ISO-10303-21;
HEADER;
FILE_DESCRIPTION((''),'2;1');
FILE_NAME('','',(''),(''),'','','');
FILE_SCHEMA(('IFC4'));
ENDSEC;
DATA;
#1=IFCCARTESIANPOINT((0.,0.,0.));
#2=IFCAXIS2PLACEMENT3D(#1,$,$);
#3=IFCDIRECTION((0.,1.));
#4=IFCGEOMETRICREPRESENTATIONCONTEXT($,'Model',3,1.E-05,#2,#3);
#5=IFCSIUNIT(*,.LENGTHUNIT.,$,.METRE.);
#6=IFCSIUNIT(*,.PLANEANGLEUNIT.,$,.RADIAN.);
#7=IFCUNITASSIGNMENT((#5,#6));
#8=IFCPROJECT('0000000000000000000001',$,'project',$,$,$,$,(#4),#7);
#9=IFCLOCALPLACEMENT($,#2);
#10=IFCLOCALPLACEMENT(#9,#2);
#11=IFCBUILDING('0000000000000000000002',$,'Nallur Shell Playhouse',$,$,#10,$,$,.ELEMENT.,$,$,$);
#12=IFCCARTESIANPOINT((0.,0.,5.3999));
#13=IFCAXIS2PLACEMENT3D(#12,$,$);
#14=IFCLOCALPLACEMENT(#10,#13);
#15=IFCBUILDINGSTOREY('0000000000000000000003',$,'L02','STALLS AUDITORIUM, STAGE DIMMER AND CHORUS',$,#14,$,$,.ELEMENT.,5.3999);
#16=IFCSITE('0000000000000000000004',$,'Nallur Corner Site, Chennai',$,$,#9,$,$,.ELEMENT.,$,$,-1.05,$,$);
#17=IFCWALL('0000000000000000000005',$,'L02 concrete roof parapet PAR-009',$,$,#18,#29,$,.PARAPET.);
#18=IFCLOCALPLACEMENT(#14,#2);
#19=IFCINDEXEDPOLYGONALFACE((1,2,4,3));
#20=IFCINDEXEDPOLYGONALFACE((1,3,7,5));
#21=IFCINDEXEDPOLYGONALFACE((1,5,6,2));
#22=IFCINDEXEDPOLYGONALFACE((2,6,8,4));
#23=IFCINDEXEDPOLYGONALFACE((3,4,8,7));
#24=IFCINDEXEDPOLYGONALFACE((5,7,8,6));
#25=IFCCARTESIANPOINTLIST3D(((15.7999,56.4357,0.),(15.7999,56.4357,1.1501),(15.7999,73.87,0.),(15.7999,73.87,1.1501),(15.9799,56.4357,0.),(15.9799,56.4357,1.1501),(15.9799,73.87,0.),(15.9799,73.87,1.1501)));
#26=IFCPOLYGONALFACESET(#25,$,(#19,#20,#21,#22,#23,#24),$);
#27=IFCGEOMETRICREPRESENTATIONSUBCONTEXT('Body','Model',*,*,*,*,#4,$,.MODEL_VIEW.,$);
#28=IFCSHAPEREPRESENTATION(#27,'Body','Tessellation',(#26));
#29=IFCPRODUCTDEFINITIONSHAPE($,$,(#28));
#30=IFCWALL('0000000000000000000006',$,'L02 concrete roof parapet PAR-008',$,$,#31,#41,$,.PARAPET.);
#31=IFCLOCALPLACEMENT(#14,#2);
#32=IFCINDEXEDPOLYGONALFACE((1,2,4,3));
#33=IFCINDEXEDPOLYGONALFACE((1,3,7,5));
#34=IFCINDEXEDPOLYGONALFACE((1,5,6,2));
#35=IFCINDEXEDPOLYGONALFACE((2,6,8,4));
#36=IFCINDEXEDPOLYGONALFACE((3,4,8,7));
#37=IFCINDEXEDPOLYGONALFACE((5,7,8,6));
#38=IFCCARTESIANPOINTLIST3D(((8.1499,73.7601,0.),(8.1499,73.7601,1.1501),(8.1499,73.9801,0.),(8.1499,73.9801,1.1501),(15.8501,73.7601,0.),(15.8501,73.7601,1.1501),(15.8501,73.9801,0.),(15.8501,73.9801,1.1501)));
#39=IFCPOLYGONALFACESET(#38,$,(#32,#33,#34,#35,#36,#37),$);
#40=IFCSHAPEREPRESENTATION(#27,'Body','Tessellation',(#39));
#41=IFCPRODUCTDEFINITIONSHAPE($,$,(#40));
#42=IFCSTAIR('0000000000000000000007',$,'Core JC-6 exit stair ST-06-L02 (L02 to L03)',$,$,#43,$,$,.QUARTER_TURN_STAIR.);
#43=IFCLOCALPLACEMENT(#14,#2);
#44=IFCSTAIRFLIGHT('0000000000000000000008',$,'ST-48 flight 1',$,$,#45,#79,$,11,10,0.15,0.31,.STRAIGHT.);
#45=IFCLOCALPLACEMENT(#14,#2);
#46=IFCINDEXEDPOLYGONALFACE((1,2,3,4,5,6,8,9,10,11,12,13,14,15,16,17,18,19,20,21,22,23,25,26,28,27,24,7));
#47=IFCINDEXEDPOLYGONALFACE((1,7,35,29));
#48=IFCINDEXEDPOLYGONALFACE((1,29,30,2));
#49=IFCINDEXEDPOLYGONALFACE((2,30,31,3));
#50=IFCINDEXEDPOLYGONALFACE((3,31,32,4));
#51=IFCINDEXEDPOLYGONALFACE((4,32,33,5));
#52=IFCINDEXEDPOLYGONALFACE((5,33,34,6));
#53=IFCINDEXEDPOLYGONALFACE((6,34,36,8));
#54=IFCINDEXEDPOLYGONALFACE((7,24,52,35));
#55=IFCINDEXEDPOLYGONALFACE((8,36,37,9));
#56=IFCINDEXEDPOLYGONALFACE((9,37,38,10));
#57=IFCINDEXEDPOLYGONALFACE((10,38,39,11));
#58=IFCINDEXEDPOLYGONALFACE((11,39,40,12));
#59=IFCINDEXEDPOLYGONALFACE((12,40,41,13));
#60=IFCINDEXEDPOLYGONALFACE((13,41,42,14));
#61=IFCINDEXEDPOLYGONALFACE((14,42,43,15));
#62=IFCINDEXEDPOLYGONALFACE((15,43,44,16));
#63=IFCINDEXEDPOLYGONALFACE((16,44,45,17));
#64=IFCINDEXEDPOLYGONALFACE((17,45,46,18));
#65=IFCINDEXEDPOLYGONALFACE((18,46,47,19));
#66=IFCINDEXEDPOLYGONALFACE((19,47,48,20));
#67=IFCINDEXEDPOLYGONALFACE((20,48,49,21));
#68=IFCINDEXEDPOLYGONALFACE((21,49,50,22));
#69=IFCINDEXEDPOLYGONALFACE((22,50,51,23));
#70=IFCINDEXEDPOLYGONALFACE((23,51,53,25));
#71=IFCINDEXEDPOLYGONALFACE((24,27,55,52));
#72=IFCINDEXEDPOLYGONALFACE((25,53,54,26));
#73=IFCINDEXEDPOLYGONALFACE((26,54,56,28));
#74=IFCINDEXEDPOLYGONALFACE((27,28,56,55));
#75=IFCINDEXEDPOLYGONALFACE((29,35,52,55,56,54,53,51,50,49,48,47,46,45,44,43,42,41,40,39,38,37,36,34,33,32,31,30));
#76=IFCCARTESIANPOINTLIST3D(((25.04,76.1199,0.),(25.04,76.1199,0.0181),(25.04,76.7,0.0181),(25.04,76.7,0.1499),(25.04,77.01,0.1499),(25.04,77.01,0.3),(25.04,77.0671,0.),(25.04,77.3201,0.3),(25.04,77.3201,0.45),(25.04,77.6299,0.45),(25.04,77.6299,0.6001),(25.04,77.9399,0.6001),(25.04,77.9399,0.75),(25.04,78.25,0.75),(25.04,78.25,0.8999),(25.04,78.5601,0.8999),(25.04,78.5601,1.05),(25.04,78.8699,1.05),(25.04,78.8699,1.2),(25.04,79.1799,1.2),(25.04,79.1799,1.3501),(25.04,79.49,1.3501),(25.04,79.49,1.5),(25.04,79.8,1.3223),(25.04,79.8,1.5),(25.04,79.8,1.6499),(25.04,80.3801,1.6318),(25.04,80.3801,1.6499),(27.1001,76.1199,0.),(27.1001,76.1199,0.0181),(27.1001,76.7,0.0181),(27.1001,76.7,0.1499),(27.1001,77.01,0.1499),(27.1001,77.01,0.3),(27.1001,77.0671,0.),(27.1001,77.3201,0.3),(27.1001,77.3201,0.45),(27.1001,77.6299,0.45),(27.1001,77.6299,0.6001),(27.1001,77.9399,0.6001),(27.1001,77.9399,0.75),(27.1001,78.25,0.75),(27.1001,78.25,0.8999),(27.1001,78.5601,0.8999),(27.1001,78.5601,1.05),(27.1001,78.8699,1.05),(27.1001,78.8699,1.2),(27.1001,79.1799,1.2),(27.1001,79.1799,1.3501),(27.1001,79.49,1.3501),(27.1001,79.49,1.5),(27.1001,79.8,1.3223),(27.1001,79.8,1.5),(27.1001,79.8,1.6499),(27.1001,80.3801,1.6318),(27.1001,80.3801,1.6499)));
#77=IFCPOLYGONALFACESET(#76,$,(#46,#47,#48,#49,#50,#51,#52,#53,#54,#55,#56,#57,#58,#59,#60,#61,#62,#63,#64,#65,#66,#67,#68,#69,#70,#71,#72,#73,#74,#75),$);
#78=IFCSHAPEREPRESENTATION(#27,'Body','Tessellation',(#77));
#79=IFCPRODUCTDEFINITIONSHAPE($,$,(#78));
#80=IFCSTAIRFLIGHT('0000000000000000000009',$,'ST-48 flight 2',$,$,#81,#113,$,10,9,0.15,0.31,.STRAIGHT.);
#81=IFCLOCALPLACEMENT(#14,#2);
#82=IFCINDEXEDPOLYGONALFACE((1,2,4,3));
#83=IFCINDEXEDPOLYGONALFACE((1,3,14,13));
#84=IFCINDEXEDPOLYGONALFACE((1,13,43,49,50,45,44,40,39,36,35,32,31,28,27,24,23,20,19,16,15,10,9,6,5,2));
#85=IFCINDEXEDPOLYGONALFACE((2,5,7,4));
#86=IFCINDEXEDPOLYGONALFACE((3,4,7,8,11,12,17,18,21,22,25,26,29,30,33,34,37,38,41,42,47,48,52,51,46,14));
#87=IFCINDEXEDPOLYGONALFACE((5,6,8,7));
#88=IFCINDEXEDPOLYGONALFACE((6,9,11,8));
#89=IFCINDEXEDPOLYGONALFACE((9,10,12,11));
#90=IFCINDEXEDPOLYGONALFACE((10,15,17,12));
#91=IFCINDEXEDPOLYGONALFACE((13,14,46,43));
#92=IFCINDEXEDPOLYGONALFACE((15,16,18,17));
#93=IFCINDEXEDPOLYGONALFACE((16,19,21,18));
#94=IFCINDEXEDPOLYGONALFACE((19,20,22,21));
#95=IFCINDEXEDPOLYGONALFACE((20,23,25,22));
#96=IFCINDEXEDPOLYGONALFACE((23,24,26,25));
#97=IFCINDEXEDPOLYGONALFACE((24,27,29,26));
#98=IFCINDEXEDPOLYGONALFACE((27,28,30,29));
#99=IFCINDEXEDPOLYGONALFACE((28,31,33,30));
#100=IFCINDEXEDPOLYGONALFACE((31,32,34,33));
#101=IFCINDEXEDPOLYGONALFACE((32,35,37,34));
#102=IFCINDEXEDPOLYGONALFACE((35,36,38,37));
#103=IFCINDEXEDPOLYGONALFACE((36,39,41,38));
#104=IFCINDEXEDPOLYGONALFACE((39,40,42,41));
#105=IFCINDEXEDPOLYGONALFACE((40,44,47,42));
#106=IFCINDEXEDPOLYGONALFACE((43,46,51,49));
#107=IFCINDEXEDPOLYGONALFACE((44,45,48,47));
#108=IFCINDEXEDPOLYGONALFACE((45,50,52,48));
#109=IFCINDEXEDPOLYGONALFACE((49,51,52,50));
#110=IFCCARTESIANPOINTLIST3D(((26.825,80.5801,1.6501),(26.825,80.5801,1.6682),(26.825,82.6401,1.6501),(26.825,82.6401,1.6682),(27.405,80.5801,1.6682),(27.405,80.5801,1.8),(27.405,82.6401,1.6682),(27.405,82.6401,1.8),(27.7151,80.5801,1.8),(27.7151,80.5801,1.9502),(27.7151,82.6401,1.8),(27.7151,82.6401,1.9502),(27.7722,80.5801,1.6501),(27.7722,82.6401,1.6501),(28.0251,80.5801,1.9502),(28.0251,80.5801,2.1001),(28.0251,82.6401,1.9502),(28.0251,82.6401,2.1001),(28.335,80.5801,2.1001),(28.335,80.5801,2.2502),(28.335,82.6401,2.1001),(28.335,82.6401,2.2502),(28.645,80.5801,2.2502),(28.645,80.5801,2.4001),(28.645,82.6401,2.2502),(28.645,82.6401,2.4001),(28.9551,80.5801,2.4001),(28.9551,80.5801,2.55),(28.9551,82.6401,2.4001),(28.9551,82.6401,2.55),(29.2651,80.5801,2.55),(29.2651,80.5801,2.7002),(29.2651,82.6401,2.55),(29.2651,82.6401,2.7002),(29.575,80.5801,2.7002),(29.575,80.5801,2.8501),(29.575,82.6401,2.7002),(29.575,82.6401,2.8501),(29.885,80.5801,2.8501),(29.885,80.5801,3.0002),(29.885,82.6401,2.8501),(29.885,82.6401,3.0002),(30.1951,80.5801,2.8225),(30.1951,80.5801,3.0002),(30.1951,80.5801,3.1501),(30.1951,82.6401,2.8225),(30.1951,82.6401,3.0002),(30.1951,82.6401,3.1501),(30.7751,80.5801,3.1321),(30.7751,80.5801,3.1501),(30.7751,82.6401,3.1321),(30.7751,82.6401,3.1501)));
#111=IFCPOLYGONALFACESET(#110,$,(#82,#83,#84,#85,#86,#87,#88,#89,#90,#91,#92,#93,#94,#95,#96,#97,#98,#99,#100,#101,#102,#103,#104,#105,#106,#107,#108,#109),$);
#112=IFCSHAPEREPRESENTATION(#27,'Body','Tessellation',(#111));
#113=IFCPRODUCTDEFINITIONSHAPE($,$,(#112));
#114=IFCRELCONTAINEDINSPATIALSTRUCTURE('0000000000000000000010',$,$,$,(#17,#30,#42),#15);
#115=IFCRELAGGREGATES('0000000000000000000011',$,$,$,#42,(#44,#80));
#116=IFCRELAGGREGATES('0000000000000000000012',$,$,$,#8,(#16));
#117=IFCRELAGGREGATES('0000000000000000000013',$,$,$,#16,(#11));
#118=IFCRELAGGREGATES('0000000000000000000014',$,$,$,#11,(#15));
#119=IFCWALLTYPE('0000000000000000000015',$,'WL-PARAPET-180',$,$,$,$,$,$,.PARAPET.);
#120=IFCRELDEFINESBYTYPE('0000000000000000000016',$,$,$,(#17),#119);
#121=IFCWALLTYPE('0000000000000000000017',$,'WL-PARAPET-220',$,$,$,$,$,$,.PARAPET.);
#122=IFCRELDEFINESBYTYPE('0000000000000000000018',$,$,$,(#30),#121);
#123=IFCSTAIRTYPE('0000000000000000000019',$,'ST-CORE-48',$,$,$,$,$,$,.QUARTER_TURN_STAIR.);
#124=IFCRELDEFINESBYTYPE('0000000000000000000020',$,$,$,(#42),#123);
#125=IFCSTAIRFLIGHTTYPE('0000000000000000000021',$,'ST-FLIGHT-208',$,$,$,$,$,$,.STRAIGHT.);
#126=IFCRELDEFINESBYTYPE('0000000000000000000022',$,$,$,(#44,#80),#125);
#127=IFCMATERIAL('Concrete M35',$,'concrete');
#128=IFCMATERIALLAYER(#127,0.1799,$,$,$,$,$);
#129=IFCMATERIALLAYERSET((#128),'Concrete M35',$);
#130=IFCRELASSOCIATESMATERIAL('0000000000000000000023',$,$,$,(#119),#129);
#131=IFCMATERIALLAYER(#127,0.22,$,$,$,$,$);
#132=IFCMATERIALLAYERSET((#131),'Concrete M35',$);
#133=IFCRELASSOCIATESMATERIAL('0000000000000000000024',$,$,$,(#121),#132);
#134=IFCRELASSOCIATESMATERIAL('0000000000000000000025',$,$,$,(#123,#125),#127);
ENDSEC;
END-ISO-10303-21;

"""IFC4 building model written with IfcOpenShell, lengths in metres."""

from ifc_helpers import new_model, si_unit, direction, frame, frame_2d, origin, place, context, subcontext, project, spatial, polyline, rectangle, outline, extrude, material, layer, layer_set, type_object, element, aggregate, save


model = new_model("IFC4")

# Units and contexts
model_context = context("Model", 3, precision=1e-05, world=origin(), true_north=direction((0.0, 1.0)))
body_context = subcontext(model_context, "Body", "Model", "MODEL_VIEW")
ifc_project = project(units=[si_unit("LENGTHUNIT", "METRE"), si_unit("PLANEANGLEUNIT", "RADIAN")], contexts=[model_context])

# Site, building, storey
site_placement = place(None, origin())
site = spatial("IfcSite", under=ifc_project, at=site_placement, Name="Nallur Corner Site, Chennai", CompositionType="ELEMENT", RefElevation=-1.05)
building_placement = place(site_placement, origin())
building = spatial("IfcBuilding", under=site, at=building_placement, Name="Nallur Shell Playhouse", CompositionType="ELEMENT")
storey_placement = place(building_placement, frame((0.0, 0.0, 5.3999)))
storey = spatial("IfcBuildingStorey", under=building, at=storey_placement, Name="L02", Description="STALLS AUDITORIUM, STAGE DIMMER AND CHORUS", CompositionType="ELEMENT", Elevation=5.3999)

# Shared definitions
ifc_material_1 = material(Name="Concrete M35", Category="concrete")

# Walls
ifc_layer_1 = layer(ifc_material_1, 0.1799)
ifc_layer_set_1 = layer_set([ifc_layer_1], Name="Concrete M35")
wall_type_1 = type_object("IfcWallType", Name="WL-PARAPET-180", PredefinedType="PARAPET", material=ifc_layer_set_1)
wall_1_placement = place(storey_placement, frame((15.8899, 73.8701, 0.0), z_axis=(0.0, 0.0, 1.0), x_axis=(0.0, -1.0, 0.0)))
element("IfcWall", 1, at=wall_1_placement, inside=storey, type_object=wall_type_1, Name="L02 concrete roof parapet PAR-009", PredefinedType="PARAPET", context=body_context, shape_type="SweptSolid", body=[
    extrude(rectangle(XDim=17.4343, YDim=0.1799, at=frame_2d((8.7173, 0.0))), origin(), (0.0, 0.0, 1.0), 1.1501),
])
ifc_layer_2 = layer(ifc_material_1, 0.22)
ifc_layer_set_2 = layer_set([ifc_layer_2], Name="Concrete M35")
wall_type_2 = type_object("IfcWallType", Name="WL-PARAPET-220", PredefinedType="PARAPET", material=ifc_layer_set_2)
wall_2_placement = place(storey_placement, frame((8.1499, 73.8701, 0.0), z_axis=(0.0, 0.0, 1.0), x_axis=(1.0, 0.0, 0.0)))
element("IfcWall", 2, at=wall_2_placement, inside=storey, type_object=wall_type_2, Name="L02 concrete roof parapet PAR-008", PredefinedType="PARAPET", context=body_context, shape_type="SweptSolid", body=[
    extrude(rectangle(XDim=7.7002, YDim=0.22, at=frame_2d((3.8501, 0.0))), origin(), (0.0, 0.0, 1.0), 1.1501),
])

# Stair, stair flights
stair_type = type_object("IfcStairType", Name="ST-CORE-48", PredefinedType="QUARTER_TURN_STAIR", material=ifc_material_1)
stair_placement = place(storey_placement, origin())
stair = element("IfcStair", 3, at=stair_placement, inside=storey, type_object=stair_type, Name="Core JC-6 exit stair ST-06-L02 (L02 to L03)", PredefinedType="QUARTER_TURN_STAIR")
stair_flight_type = type_object("IfcStairFlightType", Name="ST-FLIGHT-208", PredefinedType="STRAIGHT", material=ifc_material_1)
stair_flight_1_placement = place(storey_placement, frame((26.0701, 76.7, 0.0), z_axis=(0.0, 0.0, 1.0), x_axis=(0.0, 1.0, 0.0)))
stair_flight_1 = element("IfcStairFlight", 4, at=stair_flight_1_placement, type_object=stair_flight_type, Name="ST-48 flight 1", NumberOfRisers=11, NumberOfTreads=10, PredefinedType="STRAIGHT", RiserHeight=0.15, TreadLength=0.31, context=body_context, shape_type="SweptSolid", body=[
    extrude(outline(polyline([(-0.5801, 0.0), (-0.5801, 0.0181), (0.0, 0.0181), (0.0, 0.1499), (0.3101, 0.1499), (0.3101, 0.3), (0.6201, 0.3), (0.6201, 0.45), (0.9299, 0.45), (0.9299, 0.6001), (1.24, 0.6001), (1.24, 0.75), (1.55, 0.75), (1.55, 0.8999), (1.8601, 0.8999), (1.8601, 1.05), (2.1699, 1.05), (2.1699, 1.2), (2.48, 1.2), (2.48, 1.3501), (2.79, 1.3501), (2.79, 1.5), (3.1001, 1.5), (3.1001, 1.6499), (3.6802, 1.6499), (3.6802, 1.6318), (3.1001, 1.3223), (0.3672, 0.0), (-0.5801, 0.0)])), frame((0.0, 1.03, 0.0), z_axis=(0.0, -1.0, 0.0), x_axis=(1.0, 0.0, 0.0)), (0.0, 0.0, 1.0), 2.0601),
])
stair_flight_2_placement = place(storey_placement, frame((27.405, 81.6101, 1.6501), z_axis=(0.0, 0.0, 1.0), x_axis=(1.0, 0.0, 0.0)))
stair_flight_2 = element("IfcStairFlight", 5, at=stair_flight_2_placement, type_object=stair_flight_type, Name="ST-48 flight 2", NumberOfRisers=10, NumberOfTreads=9, PredefinedType="STRAIGHT", RiserHeight=0.15, TreadLength=0.31, context=body_context, shape_type="SweptSolid", body=[
    extrude(outline(polyline([(-0.5801, 0.0), (-0.5801, 0.0181), (0.0, 0.0181), (0.0, 0.1499), (0.3101, 0.1499), (0.3101, 0.3), (0.6201, 0.3), (0.6201, 0.45), (0.9299, 0.45), (0.9299, 0.6001), (1.24, 0.6001), (1.24, 0.75), (1.55, 0.75), (1.55, 0.8999), (1.8601, 0.8999), (1.8601, 1.05), (2.1699, 1.05), (2.1699, 1.2), (2.48, 1.2), (2.48, 1.3501), (2.79, 1.3501), (2.79, 1.5), (3.3701, 1.5), (3.3701, 1.4819), (2.79, 1.1724), (0.3672, 0.0), (-0.5801, 0.0)])), frame((0.0, 1.03, 0.0), z_axis=(0.0, -1.0, 0.0), x_axis=(1.0, 0.0, 0.0)), (0.0, 0.0, 1.0), 2.0601),
])
aggregate(stair, [stair_flight_1, stair_flight_2])

save(model, "model.ifc")
